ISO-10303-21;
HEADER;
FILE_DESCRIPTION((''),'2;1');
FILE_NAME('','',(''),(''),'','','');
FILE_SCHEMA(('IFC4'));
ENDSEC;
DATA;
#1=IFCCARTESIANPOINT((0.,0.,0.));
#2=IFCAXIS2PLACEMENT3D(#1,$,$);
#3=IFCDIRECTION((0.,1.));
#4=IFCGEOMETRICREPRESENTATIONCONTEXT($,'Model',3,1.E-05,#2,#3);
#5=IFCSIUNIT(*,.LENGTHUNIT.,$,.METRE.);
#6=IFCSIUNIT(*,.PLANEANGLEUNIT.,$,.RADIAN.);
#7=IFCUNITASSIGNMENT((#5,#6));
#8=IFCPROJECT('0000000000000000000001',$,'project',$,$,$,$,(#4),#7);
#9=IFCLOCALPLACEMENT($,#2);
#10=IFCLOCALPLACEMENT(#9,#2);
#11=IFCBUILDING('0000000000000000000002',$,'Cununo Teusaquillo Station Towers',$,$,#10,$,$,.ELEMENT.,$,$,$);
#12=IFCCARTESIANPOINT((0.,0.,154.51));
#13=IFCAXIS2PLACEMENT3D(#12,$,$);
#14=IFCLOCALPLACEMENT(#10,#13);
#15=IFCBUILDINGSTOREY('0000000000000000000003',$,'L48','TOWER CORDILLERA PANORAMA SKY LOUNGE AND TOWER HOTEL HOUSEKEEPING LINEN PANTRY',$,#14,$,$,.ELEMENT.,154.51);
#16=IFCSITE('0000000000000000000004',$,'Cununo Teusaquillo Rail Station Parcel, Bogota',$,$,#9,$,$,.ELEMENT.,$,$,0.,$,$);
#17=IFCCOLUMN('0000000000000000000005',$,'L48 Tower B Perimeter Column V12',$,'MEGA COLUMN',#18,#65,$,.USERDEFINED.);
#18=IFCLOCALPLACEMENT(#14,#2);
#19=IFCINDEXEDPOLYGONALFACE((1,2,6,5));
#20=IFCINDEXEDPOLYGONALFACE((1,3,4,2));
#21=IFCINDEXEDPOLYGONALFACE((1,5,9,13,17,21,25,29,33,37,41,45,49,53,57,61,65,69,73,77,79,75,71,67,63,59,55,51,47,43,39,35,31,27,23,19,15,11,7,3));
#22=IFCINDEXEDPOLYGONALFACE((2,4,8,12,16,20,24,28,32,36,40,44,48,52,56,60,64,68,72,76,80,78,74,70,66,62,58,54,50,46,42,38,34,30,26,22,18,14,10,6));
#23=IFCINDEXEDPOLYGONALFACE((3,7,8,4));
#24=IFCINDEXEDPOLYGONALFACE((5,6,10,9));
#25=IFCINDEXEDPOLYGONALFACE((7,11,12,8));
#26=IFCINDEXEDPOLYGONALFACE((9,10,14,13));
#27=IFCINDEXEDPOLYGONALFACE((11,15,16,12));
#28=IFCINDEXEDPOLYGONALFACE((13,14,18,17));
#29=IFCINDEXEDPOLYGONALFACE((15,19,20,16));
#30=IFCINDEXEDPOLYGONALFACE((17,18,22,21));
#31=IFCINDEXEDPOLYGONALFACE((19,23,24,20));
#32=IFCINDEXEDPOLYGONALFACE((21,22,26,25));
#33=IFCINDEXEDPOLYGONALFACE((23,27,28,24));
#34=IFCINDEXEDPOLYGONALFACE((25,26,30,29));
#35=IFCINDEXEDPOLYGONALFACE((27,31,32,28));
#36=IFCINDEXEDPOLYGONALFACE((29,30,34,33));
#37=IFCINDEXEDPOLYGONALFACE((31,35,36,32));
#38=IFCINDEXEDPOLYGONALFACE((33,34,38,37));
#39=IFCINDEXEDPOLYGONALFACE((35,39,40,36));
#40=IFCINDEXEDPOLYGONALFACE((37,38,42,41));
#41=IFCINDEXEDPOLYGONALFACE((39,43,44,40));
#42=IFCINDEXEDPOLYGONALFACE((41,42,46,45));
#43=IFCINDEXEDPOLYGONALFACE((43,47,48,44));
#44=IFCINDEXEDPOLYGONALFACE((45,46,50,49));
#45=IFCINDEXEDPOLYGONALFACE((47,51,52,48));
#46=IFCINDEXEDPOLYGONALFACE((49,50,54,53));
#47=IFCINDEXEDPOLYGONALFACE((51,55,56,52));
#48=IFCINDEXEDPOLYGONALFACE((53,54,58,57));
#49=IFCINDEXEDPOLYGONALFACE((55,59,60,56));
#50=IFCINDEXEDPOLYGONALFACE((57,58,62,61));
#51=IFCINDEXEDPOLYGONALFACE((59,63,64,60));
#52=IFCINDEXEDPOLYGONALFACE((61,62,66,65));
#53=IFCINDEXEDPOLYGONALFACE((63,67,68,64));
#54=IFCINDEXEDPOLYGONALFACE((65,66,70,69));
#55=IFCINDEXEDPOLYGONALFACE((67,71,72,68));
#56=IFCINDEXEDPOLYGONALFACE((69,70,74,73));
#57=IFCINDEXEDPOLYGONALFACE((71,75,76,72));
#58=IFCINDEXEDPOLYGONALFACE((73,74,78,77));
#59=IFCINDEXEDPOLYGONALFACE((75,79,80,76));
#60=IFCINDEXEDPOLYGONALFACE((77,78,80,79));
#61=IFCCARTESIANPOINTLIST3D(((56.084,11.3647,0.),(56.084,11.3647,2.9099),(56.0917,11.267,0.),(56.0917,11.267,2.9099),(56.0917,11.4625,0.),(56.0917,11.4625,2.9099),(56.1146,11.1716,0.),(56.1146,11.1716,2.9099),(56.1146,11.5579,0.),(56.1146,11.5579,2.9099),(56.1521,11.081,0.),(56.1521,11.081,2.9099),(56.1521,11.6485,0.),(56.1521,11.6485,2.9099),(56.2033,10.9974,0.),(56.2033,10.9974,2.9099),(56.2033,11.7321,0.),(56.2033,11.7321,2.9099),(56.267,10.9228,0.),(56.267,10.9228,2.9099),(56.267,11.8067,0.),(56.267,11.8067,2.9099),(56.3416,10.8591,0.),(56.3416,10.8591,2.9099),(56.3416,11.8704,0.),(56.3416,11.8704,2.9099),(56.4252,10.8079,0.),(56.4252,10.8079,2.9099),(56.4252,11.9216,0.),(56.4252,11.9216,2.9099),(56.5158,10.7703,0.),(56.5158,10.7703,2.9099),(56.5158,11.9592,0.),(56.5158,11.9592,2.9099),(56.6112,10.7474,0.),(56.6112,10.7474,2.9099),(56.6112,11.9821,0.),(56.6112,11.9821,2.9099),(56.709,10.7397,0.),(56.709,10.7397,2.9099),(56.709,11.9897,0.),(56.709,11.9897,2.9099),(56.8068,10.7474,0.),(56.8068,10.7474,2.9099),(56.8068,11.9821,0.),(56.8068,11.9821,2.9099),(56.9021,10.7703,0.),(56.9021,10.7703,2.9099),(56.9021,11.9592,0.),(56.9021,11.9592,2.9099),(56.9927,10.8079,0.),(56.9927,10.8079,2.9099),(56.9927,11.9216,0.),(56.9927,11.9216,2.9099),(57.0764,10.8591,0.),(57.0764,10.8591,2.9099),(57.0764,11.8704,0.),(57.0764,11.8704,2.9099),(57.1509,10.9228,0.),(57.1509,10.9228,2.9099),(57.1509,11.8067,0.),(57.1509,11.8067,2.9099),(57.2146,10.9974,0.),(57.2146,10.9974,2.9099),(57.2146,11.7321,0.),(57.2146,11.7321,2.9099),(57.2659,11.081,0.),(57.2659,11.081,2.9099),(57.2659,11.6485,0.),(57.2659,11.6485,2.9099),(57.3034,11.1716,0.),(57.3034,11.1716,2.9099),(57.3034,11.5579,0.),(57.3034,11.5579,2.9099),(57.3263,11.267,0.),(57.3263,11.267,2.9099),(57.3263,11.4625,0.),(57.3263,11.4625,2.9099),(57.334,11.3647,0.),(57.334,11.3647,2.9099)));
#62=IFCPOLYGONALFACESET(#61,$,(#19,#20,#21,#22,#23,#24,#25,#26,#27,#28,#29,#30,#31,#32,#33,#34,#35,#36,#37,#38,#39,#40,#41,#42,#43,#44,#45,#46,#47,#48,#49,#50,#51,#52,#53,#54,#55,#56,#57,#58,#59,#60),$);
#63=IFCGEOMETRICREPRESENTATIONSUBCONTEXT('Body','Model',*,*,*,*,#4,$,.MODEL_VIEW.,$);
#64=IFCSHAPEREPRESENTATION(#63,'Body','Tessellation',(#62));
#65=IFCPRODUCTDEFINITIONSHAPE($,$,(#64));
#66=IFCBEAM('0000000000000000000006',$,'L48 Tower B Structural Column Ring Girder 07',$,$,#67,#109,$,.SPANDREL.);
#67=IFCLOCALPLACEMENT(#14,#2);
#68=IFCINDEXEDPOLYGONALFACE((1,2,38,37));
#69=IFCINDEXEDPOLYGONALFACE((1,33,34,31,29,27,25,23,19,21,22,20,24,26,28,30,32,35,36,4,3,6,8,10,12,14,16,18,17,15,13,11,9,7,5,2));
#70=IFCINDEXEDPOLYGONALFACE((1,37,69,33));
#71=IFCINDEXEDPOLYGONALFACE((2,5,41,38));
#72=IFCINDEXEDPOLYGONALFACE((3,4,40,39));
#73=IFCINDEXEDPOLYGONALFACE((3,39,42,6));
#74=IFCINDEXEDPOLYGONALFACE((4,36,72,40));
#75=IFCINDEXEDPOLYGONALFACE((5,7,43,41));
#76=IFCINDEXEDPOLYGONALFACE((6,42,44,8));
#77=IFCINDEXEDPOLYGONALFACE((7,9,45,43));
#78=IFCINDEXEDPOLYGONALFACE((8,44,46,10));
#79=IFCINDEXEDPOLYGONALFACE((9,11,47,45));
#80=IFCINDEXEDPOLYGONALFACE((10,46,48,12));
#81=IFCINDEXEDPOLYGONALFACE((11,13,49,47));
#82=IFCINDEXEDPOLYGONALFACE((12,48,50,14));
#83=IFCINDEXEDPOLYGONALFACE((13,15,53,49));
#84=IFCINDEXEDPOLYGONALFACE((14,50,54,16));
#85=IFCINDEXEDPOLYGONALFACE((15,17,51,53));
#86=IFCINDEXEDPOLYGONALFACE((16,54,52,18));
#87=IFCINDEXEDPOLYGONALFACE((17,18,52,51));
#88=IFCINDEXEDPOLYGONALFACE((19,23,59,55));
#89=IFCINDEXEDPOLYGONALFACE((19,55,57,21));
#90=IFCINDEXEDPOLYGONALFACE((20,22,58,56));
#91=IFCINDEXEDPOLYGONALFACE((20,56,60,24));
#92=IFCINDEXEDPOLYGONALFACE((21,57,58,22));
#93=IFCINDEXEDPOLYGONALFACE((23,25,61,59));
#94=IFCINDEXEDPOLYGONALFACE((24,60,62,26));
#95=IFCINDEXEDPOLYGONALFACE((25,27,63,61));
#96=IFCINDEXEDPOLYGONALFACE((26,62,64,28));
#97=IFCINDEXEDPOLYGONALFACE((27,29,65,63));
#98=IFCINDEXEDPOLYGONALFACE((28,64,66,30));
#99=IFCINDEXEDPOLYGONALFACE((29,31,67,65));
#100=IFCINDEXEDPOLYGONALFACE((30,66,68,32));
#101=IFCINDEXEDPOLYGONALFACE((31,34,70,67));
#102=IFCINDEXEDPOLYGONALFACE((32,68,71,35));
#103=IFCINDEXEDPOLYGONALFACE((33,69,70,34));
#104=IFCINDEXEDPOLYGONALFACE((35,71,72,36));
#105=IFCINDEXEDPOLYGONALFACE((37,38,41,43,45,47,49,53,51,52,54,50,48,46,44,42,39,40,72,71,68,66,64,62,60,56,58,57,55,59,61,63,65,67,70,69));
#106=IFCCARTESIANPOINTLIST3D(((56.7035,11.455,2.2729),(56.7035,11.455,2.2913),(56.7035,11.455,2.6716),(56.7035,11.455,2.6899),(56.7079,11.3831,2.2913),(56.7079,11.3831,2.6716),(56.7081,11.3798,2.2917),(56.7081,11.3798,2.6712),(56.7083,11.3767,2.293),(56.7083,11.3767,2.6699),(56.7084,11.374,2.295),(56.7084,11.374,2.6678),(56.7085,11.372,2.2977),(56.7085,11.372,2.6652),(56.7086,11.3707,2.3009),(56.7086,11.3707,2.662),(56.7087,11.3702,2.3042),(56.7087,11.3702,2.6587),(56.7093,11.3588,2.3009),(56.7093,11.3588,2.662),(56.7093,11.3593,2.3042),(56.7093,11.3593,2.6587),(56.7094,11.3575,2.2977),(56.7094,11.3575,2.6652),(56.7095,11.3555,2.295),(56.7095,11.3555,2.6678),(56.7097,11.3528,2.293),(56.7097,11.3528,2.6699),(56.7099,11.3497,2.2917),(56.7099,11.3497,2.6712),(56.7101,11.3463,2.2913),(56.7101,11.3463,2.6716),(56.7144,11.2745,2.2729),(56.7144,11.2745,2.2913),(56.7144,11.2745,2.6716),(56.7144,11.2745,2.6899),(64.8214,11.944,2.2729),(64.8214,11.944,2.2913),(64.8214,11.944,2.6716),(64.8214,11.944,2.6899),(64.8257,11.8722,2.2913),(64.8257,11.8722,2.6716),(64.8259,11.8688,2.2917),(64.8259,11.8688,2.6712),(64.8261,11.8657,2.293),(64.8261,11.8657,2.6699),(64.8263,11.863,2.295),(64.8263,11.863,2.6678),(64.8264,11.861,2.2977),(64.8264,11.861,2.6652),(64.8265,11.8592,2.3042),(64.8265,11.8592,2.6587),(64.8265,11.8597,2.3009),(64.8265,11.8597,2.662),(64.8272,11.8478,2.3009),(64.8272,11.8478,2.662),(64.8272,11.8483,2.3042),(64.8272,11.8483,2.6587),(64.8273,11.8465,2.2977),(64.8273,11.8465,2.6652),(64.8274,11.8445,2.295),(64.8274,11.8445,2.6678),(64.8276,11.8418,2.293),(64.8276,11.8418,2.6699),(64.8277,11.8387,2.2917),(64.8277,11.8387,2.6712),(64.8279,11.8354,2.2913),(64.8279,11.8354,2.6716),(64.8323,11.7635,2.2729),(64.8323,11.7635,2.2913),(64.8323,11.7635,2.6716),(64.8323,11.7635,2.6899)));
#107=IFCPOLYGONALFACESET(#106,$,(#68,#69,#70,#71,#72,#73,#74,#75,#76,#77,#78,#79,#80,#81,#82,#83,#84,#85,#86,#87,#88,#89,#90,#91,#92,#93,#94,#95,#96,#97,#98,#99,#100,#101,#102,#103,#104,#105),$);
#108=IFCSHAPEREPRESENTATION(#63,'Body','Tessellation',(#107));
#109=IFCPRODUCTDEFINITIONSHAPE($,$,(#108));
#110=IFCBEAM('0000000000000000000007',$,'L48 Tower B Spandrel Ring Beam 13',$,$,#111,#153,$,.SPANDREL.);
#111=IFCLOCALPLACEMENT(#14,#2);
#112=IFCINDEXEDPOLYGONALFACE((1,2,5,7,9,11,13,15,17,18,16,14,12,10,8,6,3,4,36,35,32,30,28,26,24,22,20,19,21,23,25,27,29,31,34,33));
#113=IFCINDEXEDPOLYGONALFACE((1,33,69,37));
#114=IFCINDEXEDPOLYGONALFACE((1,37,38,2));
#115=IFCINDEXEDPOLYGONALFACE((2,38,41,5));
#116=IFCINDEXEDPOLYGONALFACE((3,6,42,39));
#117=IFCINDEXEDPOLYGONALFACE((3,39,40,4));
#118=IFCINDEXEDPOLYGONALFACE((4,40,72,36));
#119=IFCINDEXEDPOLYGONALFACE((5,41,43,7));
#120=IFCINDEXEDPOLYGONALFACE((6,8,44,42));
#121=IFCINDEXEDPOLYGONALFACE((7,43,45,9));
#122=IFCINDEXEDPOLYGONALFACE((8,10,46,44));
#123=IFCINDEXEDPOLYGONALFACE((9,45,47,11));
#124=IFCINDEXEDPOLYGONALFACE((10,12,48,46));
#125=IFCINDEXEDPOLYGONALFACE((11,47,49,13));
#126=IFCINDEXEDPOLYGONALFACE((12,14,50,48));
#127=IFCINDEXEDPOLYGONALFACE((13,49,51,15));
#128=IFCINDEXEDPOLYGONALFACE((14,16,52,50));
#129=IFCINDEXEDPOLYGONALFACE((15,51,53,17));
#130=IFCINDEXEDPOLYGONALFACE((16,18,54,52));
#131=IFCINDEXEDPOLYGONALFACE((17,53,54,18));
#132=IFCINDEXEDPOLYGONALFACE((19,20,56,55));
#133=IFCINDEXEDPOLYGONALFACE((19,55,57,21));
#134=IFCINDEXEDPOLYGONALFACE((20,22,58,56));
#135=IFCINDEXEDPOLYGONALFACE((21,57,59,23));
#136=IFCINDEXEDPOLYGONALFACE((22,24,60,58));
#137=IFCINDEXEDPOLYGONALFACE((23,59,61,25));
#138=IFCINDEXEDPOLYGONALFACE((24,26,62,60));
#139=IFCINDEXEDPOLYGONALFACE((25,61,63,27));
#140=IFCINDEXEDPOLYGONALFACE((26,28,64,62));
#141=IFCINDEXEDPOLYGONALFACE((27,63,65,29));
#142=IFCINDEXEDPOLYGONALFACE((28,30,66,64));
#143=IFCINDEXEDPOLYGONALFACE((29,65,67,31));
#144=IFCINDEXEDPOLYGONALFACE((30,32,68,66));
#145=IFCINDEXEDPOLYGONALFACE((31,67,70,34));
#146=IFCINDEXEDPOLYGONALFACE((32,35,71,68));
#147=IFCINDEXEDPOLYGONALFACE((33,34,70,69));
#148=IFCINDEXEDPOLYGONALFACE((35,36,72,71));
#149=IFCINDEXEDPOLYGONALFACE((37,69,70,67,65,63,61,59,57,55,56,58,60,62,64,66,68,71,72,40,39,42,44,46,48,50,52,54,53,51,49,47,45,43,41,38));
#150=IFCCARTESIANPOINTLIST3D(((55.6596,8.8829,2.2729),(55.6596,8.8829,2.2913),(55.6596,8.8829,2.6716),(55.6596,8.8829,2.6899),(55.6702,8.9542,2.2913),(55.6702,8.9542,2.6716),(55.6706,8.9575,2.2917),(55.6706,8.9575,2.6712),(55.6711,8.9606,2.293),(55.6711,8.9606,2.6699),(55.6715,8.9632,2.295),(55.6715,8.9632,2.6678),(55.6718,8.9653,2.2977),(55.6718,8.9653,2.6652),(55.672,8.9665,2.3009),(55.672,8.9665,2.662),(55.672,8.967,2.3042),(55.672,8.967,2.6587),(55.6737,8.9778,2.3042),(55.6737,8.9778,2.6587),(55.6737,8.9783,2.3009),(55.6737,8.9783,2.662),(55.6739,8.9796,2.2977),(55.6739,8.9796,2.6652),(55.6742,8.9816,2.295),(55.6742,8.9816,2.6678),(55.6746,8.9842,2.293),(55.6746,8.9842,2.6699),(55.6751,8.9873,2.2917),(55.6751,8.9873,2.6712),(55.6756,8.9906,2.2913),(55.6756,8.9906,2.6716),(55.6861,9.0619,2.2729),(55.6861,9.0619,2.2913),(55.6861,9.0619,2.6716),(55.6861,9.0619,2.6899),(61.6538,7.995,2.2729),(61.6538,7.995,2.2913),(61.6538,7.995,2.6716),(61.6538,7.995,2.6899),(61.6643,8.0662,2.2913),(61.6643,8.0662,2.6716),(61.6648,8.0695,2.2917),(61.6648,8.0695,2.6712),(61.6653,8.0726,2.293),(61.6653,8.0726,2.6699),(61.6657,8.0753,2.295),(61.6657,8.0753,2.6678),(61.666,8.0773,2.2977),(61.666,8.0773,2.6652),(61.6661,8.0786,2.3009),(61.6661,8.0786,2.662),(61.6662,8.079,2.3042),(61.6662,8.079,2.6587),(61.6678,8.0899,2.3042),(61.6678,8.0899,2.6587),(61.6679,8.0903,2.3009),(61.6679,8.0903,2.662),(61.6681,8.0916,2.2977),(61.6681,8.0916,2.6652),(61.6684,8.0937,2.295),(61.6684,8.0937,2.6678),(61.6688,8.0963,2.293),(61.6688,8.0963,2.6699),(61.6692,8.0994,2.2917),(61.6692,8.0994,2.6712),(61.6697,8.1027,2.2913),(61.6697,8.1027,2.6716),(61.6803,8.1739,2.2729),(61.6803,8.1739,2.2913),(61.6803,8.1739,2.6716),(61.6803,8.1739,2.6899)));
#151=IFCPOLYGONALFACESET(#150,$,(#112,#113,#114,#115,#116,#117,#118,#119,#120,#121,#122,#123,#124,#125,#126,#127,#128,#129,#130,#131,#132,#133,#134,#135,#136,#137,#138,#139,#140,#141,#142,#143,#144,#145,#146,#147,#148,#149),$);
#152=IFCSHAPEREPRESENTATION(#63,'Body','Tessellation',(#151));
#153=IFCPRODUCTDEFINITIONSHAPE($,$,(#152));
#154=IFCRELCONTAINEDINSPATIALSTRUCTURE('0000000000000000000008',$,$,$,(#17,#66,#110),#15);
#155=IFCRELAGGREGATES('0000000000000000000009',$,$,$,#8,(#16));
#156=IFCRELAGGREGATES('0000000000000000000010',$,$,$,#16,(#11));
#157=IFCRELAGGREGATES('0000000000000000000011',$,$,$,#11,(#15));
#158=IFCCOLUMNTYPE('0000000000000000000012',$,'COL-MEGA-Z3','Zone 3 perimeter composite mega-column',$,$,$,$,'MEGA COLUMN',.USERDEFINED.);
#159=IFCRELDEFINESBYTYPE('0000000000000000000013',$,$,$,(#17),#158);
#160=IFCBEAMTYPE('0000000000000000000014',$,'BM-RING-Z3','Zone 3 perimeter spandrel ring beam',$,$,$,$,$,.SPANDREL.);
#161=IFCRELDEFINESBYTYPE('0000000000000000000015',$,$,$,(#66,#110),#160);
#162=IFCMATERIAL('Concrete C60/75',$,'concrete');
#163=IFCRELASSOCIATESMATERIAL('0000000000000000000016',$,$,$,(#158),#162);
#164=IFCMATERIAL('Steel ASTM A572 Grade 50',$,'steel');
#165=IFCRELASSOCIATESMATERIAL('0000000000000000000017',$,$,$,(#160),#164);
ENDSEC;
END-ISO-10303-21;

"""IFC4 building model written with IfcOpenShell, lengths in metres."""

from ifc_helpers import new_model, si_unit, direction, frame, origin, origin_2d, place, context, subcontext, project, spatial, circle, i_section, extrude, material, material_profile, profile_set, type_object, element, save


model = new_model("IFC4")

# Units and contexts
model_context = context("Model", 3, precision=1e-05, world=origin(), true_north=direction((0.0, 1.0)))
body_context = subcontext(model_context, "Body", "Model", "MODEL_VIEW")
ifc_project = project(units=[si_unit("LENGTHUNIT", "METRE"), si_unit("PLANEANGLEUNIT", "RADIAN")], contexts=[model_context])

# Site, building, storey
site_placement = place(None, origin())
site = spatial("IfcSite", under=ifc_project, at=site_placement, Name="Cununo Teusaquillo Rail Station Parcel, Bogota", CompositionType="ELEMENT", RefElevation=0.0)
building_placement = place(site_placement, origin())
building = spatial("IfcBuilding", under=site, at=building_placement, Name="Cununo Teusaquillo Station Towers", CompositionType="ELEMENT")
storey_placement = place(building_placement, frame((0.0, 0.0, 154.51)))
storey = spatial("IfcBuildingStorey", under=building, at=storey_placement, Name="L48", Description="TOWER CORDILLERA PANORAMA SKY LOUNGE AND TOWER HOTEL HOUSEKEEPING LINEN PANTRY", CompositionType="ELEMENT", Elevation=154.51)

# Column
ifc_material_1 = material(Name="Concrete C60/75", Category="concrete")
ifc_material_profile_1 = material_profile(ifc_material_1, circle(Radius=0.625, at=origin_2d()), Name="RC-CIRC-1250")
ifc_profile_set_1 = profile_set([ifc_material_profile_1], Name="Concrete C60/75")
column_type = type_object("IfcColumnType", Name="COL-MEGA-Z3", Description="Zone 3 perimeter composite mega-column", ElementType="MEGA COLUMN", PredefinedType="USERDEFINED", material=ifc_profile_set_1)
column_placement = place(storey_placement, frame((56.709, 11.3647, 0.0), z_axis=(0.0, 0.0, 1.0), x_axis=(1.0, 0.0, 0.0)))
element("IfcColumn", 1, at=column_placement, inside=storey, type_object=column_type, Name="L48 Tower B Perimeter Column V12", ObjectType="MEGA COLUMN", PredefinedType="USERDEFINED", context=body_context, shape_type="SweptSolid", body=[
    extrude(circle(Radius=0.625, at=origin_2d()), origin(), (0.0, 0.0, 1.0), 2.9099),
])

# Beams
ifc_material_2 = material(Name="Steel ASTM A572 Grade 50", Category="steel")
ifc_material_profile_2 = material_profile(ifc_material_2, i_section(OverallWidth=0.1809, OverallDepth=0.417, WebThickness=0.011, FlangeThickness=0.0183, FilletRadius=0.0129, at=origin_2d()), Name="W16X57")
ifc_profile_set_2 = profile_set([ifc_material_profile_2], Name="Steel ASTM A572 Grade 50")
beam_type = type_object("IfcBeamType", Name="BM-RING-Z3", Description="Zone 3 perimeter spandrel ring beam", PredefinedType="SPANDREL", material=ifc_profile_set_2)
beam_1_placement = place(storey_placement, frame((56.709, 11.3647, 2.4814), z_axis=(0.998191, 0.06013, 0.0), x_axis=(-0.06013, 0.998191, 0.0)))
element("IfcBeam", 2, at=beam_1_placement, inside=storey, type_object=beam_type, Name="L48 Tower B Structural Column Ring Girder 07", PredefinedType="SPANDREL", context=body_context, shape_type="SweptSolid", body=[
    extrude(i_section(OverallWidth=0.1809, OverallDepth=0.417, WebThickness=0.011, FlangeThickness=0.0183, FilletRadius=0.0129, at=origin_2d()), origin(), (0.0, 0.0, 1.0), 8.1326),
])
beam_2_placement = place(storey_placement, frame((55.6729, 8.9724, 2.4814), z_axis=(0.989205, -0.146536, 0.0), x_axis=(0.146536, 0.989205, 0.0)))
element("IfcBeam", 3, at=beam_2_placement, inside=storey, type_object=beam_type, Name="L48 Tower B Spandrel Ring Beam 13", PredefinedType="SPANDREL", context=body_context, shape_type="SweptSolid", body=[
    extrude(i_section(OverallWidth=0.1809, OverallDepth=0.417, WebThickness=0.011, FlangeThickness=0.0183, FilletRadius=0.0129, at=origin_2d()), origin(), (0.0, 0.0, 1.0), 6.0596),
])

save(model, "model.ifc")
